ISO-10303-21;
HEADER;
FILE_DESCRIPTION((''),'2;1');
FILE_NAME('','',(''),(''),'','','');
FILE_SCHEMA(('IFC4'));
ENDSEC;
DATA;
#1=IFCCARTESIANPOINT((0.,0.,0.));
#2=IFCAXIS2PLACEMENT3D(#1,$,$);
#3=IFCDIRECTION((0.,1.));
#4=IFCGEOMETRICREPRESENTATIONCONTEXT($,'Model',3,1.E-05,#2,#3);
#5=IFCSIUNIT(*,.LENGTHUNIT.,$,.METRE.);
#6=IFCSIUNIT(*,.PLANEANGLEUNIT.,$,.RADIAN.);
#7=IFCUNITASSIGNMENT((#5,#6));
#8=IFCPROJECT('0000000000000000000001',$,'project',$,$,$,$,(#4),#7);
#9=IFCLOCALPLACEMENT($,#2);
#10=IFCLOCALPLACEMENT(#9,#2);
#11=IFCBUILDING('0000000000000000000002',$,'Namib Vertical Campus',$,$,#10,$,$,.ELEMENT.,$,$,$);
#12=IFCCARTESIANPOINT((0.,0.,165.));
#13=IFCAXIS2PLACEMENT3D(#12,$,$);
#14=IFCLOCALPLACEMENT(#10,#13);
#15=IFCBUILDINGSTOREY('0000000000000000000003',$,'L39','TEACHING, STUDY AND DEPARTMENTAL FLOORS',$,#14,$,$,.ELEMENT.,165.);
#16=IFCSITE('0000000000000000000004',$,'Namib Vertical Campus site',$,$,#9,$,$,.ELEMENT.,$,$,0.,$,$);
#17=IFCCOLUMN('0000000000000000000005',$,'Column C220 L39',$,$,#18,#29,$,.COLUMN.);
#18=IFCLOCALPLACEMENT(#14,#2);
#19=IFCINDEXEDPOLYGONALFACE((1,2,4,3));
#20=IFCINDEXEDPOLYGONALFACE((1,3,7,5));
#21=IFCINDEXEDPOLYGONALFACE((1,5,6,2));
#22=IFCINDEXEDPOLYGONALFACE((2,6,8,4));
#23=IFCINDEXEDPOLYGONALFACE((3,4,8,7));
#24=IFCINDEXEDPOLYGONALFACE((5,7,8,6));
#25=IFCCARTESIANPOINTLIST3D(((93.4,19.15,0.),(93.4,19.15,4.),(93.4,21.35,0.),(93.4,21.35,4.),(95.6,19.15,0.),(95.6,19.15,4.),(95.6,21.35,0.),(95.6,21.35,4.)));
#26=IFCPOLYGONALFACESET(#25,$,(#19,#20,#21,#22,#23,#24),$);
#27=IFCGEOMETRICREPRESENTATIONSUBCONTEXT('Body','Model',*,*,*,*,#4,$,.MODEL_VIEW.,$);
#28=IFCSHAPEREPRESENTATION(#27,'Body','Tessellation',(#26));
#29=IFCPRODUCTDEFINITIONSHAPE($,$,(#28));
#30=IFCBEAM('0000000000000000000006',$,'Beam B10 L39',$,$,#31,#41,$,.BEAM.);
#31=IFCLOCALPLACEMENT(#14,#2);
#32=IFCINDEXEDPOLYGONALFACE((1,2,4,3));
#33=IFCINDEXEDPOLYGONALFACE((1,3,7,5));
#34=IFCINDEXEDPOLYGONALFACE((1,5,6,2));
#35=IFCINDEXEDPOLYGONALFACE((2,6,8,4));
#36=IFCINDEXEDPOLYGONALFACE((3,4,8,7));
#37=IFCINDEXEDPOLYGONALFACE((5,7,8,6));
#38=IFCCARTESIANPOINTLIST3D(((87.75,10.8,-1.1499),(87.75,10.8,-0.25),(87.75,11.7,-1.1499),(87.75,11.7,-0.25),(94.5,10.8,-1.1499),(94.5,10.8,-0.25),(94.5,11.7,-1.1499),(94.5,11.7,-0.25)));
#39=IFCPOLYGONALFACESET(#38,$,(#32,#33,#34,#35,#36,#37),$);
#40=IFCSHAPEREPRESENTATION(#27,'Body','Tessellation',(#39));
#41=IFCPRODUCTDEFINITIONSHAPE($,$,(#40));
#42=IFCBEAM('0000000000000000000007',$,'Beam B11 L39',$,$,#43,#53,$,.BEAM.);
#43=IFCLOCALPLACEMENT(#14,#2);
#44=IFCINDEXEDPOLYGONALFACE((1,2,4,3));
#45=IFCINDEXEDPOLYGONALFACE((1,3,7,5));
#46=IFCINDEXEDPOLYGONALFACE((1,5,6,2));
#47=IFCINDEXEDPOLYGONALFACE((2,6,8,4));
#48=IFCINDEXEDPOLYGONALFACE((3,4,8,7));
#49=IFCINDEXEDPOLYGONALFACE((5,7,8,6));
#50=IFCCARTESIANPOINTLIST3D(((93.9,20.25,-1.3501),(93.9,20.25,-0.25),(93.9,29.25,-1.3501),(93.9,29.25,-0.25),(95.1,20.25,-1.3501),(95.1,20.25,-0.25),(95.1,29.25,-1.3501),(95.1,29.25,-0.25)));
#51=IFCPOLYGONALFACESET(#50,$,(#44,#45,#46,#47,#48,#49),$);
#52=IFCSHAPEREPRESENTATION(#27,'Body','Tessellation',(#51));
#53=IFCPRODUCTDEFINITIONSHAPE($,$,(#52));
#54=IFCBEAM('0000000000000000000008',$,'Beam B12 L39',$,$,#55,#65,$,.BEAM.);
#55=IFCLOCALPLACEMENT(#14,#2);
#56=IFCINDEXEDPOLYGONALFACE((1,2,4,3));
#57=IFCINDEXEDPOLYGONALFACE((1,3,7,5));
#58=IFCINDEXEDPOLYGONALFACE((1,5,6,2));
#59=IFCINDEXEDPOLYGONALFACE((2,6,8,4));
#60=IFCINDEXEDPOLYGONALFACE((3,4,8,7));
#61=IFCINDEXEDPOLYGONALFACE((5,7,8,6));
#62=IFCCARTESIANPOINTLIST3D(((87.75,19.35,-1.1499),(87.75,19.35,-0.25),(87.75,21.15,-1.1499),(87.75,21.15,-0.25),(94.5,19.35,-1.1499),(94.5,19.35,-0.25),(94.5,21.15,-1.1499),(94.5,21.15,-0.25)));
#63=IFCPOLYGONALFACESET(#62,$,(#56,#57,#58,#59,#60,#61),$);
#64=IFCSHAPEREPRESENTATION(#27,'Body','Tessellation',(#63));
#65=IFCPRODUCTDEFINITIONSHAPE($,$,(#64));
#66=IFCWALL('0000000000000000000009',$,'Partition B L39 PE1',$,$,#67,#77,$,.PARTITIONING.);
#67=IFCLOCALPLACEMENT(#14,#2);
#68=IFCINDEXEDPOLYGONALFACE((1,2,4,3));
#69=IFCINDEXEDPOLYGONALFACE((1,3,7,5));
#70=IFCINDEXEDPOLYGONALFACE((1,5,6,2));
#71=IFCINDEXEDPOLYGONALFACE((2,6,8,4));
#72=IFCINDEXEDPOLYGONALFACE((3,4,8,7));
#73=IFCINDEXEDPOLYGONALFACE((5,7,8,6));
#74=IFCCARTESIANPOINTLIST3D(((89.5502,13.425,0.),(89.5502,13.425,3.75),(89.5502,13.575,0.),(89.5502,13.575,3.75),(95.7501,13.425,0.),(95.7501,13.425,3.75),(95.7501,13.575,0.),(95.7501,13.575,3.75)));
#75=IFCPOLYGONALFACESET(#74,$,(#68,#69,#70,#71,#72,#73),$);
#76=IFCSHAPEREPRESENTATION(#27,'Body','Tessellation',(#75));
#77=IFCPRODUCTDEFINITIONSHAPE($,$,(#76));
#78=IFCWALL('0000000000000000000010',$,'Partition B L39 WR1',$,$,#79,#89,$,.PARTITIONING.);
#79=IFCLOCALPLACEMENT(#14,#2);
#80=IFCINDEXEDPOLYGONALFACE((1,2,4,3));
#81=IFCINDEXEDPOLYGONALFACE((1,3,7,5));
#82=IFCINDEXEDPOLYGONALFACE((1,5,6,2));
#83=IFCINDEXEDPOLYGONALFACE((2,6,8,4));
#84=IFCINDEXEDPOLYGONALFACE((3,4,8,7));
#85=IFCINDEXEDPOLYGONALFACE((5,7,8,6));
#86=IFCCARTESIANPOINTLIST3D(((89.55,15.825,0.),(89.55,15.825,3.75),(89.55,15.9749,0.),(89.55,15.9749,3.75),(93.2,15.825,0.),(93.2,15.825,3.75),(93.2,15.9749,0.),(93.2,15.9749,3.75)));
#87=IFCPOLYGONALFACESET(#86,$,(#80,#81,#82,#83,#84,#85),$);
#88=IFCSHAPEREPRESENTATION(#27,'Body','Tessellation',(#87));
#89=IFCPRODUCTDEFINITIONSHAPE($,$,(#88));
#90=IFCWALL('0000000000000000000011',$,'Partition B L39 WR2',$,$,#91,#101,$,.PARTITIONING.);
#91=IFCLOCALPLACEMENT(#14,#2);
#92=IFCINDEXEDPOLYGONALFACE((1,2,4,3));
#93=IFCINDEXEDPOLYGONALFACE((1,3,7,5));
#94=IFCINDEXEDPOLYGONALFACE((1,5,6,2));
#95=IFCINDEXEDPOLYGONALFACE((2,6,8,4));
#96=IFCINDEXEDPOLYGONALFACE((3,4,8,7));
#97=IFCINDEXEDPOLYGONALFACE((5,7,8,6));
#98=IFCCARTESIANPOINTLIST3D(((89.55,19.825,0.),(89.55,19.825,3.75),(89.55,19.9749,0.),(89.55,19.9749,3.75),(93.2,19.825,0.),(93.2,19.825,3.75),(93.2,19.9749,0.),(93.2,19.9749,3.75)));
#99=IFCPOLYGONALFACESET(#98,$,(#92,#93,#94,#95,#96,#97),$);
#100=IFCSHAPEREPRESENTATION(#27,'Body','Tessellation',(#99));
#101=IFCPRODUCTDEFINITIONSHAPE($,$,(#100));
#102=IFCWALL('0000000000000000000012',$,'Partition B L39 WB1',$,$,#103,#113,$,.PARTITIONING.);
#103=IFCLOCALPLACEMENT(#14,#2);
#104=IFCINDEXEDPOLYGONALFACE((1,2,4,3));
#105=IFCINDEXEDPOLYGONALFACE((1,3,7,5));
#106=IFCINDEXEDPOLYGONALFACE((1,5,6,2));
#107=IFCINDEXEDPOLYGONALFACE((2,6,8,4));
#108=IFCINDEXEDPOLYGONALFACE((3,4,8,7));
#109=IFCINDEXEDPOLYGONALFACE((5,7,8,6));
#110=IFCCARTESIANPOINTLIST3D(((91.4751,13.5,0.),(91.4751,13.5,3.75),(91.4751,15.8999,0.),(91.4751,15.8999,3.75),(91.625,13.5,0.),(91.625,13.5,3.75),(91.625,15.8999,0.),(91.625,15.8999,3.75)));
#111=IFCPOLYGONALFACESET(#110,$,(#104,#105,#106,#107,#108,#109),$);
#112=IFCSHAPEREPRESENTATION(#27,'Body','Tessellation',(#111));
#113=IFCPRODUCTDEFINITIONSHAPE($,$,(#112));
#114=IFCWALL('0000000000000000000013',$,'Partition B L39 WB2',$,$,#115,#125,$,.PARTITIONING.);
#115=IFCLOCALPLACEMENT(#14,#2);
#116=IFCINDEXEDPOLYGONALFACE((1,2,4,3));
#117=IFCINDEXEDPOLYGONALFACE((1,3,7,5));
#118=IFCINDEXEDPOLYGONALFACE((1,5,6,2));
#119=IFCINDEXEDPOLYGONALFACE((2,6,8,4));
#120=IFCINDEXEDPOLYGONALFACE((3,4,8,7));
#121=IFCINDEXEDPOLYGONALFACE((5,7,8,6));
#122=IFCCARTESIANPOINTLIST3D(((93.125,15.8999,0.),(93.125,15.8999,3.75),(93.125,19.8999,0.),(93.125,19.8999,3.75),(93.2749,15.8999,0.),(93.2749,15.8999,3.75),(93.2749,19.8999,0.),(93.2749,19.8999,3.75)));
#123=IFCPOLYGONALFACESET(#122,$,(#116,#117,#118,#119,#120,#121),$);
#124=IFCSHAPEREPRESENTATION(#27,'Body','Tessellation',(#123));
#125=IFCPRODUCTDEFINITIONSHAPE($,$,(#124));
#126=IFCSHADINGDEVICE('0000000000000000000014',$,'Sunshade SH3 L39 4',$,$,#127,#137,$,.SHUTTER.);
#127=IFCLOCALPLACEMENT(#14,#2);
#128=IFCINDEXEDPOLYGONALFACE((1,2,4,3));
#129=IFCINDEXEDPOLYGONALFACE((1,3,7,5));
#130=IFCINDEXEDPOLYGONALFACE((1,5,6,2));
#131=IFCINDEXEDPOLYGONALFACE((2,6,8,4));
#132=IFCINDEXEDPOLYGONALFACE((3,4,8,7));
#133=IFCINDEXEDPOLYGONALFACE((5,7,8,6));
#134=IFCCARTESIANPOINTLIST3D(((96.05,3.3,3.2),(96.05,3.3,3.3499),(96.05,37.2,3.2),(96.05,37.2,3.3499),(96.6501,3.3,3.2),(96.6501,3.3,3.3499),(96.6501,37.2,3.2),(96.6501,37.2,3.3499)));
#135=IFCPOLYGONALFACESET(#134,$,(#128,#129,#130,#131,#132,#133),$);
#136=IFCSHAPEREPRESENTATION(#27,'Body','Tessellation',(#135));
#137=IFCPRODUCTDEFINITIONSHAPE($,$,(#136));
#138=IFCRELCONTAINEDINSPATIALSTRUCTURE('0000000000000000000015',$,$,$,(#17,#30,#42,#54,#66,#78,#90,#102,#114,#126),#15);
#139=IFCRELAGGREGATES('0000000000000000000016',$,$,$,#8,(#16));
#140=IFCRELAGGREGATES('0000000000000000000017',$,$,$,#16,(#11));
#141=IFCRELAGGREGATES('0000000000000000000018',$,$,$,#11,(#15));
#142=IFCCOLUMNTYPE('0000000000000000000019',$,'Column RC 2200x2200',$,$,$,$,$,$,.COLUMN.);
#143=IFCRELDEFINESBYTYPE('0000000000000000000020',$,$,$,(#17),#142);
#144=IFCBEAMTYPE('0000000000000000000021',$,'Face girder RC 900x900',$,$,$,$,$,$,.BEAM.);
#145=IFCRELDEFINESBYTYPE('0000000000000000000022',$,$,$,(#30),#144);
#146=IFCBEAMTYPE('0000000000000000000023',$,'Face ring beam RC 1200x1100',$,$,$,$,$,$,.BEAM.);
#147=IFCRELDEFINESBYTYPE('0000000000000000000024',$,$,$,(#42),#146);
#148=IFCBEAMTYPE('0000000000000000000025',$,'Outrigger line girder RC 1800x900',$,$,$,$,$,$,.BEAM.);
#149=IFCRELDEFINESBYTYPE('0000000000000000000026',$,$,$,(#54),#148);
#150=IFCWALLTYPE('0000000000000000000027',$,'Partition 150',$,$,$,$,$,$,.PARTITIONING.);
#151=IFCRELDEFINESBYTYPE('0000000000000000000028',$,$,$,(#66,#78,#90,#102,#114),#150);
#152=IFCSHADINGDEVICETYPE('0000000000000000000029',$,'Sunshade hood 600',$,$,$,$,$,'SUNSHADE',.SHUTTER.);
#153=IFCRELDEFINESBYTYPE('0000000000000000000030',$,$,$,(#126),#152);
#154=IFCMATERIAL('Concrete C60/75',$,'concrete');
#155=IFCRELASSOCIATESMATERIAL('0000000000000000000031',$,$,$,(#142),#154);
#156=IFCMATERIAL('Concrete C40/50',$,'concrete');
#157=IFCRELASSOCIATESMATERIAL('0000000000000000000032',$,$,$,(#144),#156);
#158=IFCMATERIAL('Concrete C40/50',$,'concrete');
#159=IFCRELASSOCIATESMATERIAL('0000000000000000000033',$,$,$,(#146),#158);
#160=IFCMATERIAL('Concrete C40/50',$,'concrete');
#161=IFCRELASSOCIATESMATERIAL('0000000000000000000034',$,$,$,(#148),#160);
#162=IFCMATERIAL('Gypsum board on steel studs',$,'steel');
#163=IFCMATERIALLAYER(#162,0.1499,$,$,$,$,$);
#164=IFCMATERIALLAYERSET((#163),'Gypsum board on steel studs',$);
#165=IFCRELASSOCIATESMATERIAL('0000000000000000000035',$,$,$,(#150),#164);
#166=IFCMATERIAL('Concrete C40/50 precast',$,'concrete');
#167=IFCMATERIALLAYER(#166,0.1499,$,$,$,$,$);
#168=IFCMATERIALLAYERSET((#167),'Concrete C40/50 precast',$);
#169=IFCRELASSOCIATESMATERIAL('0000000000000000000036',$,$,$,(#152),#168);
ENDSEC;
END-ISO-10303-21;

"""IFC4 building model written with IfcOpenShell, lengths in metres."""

from ifc_helpers import new_model, si_unit, direction, frame, frame_2d, origin, origin_2d, place, context, subcontext, project, spatial, rectangle, extrude, material, layer, layer_set, material_profile, profile_set, type_object, element, save


model = new_model("IFC4")

# Units and contexts
model_context = context("Model", 3, precision=1e-05, world=origin(), true_north=direction((0.0, 1.0)))
body_context = subcontext(model_context, "Body", "Model", "MODEL_VIEW")
ifc_project = project(units=[si_unit("LENGTHUNIT", "METRE"), si_unit("PLANEANGLEUNIT", "RADIAN")], contexts=[model_context])

# Site, building, storey
site_placement = place(None, origin())
site = spatial("IfcSite", under=ifc_project, at=site_placement, Name="Namib Vertical Campus site", CompositionType="ELEMENT", RefElevation=0.0)
building_placement = place(site_placement, origin())
building = spatial("IfcBuilding", under=site, at=building_placement, Name="Namib Vertical Campus", CompositionType="ELEMENT")
storey_placement = place(building_placement, frame((0.0, 0.0, 165.0)))
storey = spatial("IfcBuildingStorey", under=building, at=storey_placement, Name="L39", Description="TEACHING, STUDY AND DEPARTMENTAL FLOORS", CompositionType="ELEMENT", Elevation=165.0)

# Column
ifc_material_1 = material(Name="Concrete C60/75", Category="concrete")
ifc_material_profile_1 = material_profile(ifc_material_1, rectangle(XDim=2.2, YDim=2.2, at=origin_2d()))
ifc_profile_set_1 = profile_set([ifc_material_profile_1], Name="Concrete C60/75")
column_type = type_object("IfcColumnType", Name="Column RC 2200x2200", PredefinedType="COLUMN", material=ifc_profile_set_1)
column_placement = place(storey_placement, frame((94.5, 20.25, 0.0), z_axis=(0.0, 0.0, 1.0), x_axis=(1.0, 0.0, 0.0)))
element("IfcColumn", 1, at=column_placement, inside=storey, type_object=column_type, Name="Column C220 L39", PredefinedType="COLUMN", context=body_context, shape_type="SweptSolid", body=[
    extrude(rectangle(XDim=2.2, YDim=2.2, at=origin_2d()), origin(), (0.0, 0.0, 1.0), 4.0),
])

# Beams
ifc_material_2 = material(Name="Concrete C40/50", Category="concrete")
ifc_material_profile_2 = material_profile(ifc_material_2, rectangle(XDim=0.8999, YDim=0.8999, at=origin_2d()))
ifc_profile_set_2 = profile_set([ifc_material_profile_2], Name="Concrete C40/50")
beam_type_1 = type_object("IfcBeamType", Name="Face girder RC 900x900", PredefinedType="BEAM", material=ifc_profile_set_2)
beam_1_placement = place(storey_placement, frame((94.5, 11.25, -0.7), z_axis=(-1.0, 0.0, 0.0), x_axis=(0.0, -1.0, 0.0)))
element("IfcBeam", 2, at=beam_1_placement, inside=storey, type_object=beam_type_1, Name="Beam B10 L39", PredefinedType="BEAM", context=body_context, shape_type="SweptSolid", body=[
    extrude(rectangle(XDim=0.8999, YDim=0.8999, at=origin_2d()), origin(), (0.0, 0.0, 1.0), 6.75),
])
ifc_material_3 = material(Name="Concrete C40/50", Category="concrete")
ifc_material_profile_3 = material_profile(ifc_material_3, rectangle(XDim=1.2, YDim=1.1001, at=origin_2d()))
ifc_profile_set_3 = profile_set([ifc_material_profile_3], Name="Concrete C40/50")
beam_type_2 = type_object("IfcBeamType", Name="Face ring beam RC 1200x1100", PredefinedType="BEAM", material=ifc_profile_set_3)
beam_2_placement = place(storey_placement, frame((94.5, 20.25, -0.8), z_axis=(0.0, 1.0, 0.0), x_axis=(-1.0, 0.0, 0.0)))
element("IfcBeam", 3, at=beam_2_placement, inside=storey, type_object=beam_type_2, Name="Beam B11 L39", PredefinedType="BEAM", context=body_context, shape_type="SweptSolid", body=[
    extrude(rectangle(XDim=1.2, YDim=1.1001, at=origin_2d()), origin(), (0.0, 0.0, 1.0), 9.0),
])
ifc_material_4 = material(Name="Concrete C40/50", Category="concrete")
ifc_material_profile_4 = material_profile(ifc_material_4, rectangle(XDim=1.8, YDim=0.8999, at=origin_2d()))
ifc_profile_set_4 = profile_set([ifc_material_profile_4], Name="Concrete C40/50")
beam_type_3 = type_object("IfcBeamType", Name="Outrigger line girder RC 1800x900", PredefinedType="BEAM", material=ifc_profile_set_4)
beam_3_placement = place(storey_placement, frame((94.5, 20.25, -0.7), z_axis=(-1.0, 0.0, 0.0), x_axis=(0.0, -1.0, 0.0)))
element("IfcBeam", 4, at=beam_3_placement, inside=storey, type_object=beam_type_3, Name="Beam B12 L39", PredefinedType="BEAM", context=body_context, shape_type="SweptSolid", body=[
    extrude(rectangle(XDim=1.8, YDim=0.8999, at=origin_2d()), origin(), (0.0, 0.0, 1.0), 6.75),
])

# Walls
ifc_material_5 = material(Name="Gypsum board on steel studs", Category="steel")
ifc_layer_1 = layer(ifc_material_5, 0.1499)
ifc_layer_set_1 = layer_set([ifc_layer_1], Name="Gypsum board on steel studs")
wall_type = type_object("IfcWallType", Name="Partition 150", PredefinedType="PARTITIONING", material=ifc_layer_set_1)
wall_1_placement = place(storey_placement, frame((89.55, 13.5, 0.0), z_axis=(0.0, 0.0, 1.0), x_axis=(1.0, 0.0, 0.0)))
element("IfcWall", 5, at=wall_1_placement, inside=storey, type_object=wall_type, Name="Partition B L39 PE1", PredefinedType="PARTITIONING", context=body_context, shape_type="SweptSolid", body=[
    extrude(rectangle(XDim=6.2, YDim=0.1499, at=frame_2d((3.1001, 0.0))), origin(), (0.0, 0.0, 1.0), 3.75),
])
for number, where, z_axis, x_axis, name in (
    (6, (89.55, 15.8999, 0.0), (0.0, 0.0, 1.0), (1.0, 0.0, 0.0), "Partition B L39 WR1"),
    (7, (89.55, 19.8999, 0.0), (0.0, 0.0, 1.0), (1.0, 0.0, 0.0), "Partition B L39 WR2"),
):
    element("IfcWall", number, at=place(storey_placement, frame(where, z_axis=z_axis, x_axis=x_axis)), inside=storey, type_object=wall_type, Name=name, PredefinedType="PARTITIONING", context=body_context, shape_type="SweptSolid", body=[
        extrude(rectangle(XDim=3.6499, YDim=0.1499, at=frame_2d((1.825, 0.0))), origin(), (0.0, 0.0, 1.0), 3.75),
    ])
wall_2_placement = place(storey_placement, frame((91.55, 13.5, 0.0), z_axis=(0.0, 0.0, 1.0), x_axis=(0.0, 1.0, 0.0)))
element("IfcWall", 8, at=wall_2_placement, inside=storey, type_object=wall_type, Name="Partition B L39 WB1", PredefinedType="PARTITIONING", context=body_context, shape_type="SweptSolid", body=[
    extrude(rectangle(XDim=2.3999, YDim=0.1499, at=frame_2d((1.2, 0.0))), origin(), (0.0, 0.0, 1.0), 3.75),
])
wall_3_placement = place(storey_placement, frame((93.2, 15.8999, 0.0), z_axis=(0.0, 0.0, 1.0), x_axis=(0.0, 1.0, 0.0)))
element("IfcWall", 9, at=wall_3_placement, inside=storey, type_object=wall_type, Name="Partition B L39 WB2", PredefinedType="PARTITIONING", context=body_context, shape_type="SweptSolid", body=[
    extrude(rectangle(XDim=4.0, YDim=0.1499, at=frame_2d((2.0, 0.0))), origin(), (0.0, 0.0, 1.0), 3.75),
])

# Shading device
ifc_material_6 = material(Name="Concrete C40/50 precast", Category="concrete")
ifc_layer_2 = layer(ifc_material_6, 0.1499)
ifc_layer_set_2 = layer_set([ifc_layer_2], Name="Concrete C40/50 precast")
shading_device_type = type_object("IfcShadingDeviceType", Name="Sunshade hood 600", ElementType="SUNSHADE", PredefinedType="SHUTTER", material=ifc_layer_set_2)
shading_device_placement = place(storey_placement, frame((96.3501, 20.25, 3.2), z_axis=(0.0, 0.0, 1.0), x_axis=(0.0, 1.0, 0.0)))
element("IfcShadingDevice", 10, at=shading_device_placement, inside=storey, type_object=shading_device_type, Name="Sunshade SH3 L39 4", PredefinedType="SHUTTER", context=body_context, shape_type="SweptSolid", body=[
    extrude(rectangle(XDim=33.8999, YDim=0.6001, at=origin_2d()), origin(), (0.0, 0.0, 1.0), 0.1499),
])

save(model, "model.ifc")
